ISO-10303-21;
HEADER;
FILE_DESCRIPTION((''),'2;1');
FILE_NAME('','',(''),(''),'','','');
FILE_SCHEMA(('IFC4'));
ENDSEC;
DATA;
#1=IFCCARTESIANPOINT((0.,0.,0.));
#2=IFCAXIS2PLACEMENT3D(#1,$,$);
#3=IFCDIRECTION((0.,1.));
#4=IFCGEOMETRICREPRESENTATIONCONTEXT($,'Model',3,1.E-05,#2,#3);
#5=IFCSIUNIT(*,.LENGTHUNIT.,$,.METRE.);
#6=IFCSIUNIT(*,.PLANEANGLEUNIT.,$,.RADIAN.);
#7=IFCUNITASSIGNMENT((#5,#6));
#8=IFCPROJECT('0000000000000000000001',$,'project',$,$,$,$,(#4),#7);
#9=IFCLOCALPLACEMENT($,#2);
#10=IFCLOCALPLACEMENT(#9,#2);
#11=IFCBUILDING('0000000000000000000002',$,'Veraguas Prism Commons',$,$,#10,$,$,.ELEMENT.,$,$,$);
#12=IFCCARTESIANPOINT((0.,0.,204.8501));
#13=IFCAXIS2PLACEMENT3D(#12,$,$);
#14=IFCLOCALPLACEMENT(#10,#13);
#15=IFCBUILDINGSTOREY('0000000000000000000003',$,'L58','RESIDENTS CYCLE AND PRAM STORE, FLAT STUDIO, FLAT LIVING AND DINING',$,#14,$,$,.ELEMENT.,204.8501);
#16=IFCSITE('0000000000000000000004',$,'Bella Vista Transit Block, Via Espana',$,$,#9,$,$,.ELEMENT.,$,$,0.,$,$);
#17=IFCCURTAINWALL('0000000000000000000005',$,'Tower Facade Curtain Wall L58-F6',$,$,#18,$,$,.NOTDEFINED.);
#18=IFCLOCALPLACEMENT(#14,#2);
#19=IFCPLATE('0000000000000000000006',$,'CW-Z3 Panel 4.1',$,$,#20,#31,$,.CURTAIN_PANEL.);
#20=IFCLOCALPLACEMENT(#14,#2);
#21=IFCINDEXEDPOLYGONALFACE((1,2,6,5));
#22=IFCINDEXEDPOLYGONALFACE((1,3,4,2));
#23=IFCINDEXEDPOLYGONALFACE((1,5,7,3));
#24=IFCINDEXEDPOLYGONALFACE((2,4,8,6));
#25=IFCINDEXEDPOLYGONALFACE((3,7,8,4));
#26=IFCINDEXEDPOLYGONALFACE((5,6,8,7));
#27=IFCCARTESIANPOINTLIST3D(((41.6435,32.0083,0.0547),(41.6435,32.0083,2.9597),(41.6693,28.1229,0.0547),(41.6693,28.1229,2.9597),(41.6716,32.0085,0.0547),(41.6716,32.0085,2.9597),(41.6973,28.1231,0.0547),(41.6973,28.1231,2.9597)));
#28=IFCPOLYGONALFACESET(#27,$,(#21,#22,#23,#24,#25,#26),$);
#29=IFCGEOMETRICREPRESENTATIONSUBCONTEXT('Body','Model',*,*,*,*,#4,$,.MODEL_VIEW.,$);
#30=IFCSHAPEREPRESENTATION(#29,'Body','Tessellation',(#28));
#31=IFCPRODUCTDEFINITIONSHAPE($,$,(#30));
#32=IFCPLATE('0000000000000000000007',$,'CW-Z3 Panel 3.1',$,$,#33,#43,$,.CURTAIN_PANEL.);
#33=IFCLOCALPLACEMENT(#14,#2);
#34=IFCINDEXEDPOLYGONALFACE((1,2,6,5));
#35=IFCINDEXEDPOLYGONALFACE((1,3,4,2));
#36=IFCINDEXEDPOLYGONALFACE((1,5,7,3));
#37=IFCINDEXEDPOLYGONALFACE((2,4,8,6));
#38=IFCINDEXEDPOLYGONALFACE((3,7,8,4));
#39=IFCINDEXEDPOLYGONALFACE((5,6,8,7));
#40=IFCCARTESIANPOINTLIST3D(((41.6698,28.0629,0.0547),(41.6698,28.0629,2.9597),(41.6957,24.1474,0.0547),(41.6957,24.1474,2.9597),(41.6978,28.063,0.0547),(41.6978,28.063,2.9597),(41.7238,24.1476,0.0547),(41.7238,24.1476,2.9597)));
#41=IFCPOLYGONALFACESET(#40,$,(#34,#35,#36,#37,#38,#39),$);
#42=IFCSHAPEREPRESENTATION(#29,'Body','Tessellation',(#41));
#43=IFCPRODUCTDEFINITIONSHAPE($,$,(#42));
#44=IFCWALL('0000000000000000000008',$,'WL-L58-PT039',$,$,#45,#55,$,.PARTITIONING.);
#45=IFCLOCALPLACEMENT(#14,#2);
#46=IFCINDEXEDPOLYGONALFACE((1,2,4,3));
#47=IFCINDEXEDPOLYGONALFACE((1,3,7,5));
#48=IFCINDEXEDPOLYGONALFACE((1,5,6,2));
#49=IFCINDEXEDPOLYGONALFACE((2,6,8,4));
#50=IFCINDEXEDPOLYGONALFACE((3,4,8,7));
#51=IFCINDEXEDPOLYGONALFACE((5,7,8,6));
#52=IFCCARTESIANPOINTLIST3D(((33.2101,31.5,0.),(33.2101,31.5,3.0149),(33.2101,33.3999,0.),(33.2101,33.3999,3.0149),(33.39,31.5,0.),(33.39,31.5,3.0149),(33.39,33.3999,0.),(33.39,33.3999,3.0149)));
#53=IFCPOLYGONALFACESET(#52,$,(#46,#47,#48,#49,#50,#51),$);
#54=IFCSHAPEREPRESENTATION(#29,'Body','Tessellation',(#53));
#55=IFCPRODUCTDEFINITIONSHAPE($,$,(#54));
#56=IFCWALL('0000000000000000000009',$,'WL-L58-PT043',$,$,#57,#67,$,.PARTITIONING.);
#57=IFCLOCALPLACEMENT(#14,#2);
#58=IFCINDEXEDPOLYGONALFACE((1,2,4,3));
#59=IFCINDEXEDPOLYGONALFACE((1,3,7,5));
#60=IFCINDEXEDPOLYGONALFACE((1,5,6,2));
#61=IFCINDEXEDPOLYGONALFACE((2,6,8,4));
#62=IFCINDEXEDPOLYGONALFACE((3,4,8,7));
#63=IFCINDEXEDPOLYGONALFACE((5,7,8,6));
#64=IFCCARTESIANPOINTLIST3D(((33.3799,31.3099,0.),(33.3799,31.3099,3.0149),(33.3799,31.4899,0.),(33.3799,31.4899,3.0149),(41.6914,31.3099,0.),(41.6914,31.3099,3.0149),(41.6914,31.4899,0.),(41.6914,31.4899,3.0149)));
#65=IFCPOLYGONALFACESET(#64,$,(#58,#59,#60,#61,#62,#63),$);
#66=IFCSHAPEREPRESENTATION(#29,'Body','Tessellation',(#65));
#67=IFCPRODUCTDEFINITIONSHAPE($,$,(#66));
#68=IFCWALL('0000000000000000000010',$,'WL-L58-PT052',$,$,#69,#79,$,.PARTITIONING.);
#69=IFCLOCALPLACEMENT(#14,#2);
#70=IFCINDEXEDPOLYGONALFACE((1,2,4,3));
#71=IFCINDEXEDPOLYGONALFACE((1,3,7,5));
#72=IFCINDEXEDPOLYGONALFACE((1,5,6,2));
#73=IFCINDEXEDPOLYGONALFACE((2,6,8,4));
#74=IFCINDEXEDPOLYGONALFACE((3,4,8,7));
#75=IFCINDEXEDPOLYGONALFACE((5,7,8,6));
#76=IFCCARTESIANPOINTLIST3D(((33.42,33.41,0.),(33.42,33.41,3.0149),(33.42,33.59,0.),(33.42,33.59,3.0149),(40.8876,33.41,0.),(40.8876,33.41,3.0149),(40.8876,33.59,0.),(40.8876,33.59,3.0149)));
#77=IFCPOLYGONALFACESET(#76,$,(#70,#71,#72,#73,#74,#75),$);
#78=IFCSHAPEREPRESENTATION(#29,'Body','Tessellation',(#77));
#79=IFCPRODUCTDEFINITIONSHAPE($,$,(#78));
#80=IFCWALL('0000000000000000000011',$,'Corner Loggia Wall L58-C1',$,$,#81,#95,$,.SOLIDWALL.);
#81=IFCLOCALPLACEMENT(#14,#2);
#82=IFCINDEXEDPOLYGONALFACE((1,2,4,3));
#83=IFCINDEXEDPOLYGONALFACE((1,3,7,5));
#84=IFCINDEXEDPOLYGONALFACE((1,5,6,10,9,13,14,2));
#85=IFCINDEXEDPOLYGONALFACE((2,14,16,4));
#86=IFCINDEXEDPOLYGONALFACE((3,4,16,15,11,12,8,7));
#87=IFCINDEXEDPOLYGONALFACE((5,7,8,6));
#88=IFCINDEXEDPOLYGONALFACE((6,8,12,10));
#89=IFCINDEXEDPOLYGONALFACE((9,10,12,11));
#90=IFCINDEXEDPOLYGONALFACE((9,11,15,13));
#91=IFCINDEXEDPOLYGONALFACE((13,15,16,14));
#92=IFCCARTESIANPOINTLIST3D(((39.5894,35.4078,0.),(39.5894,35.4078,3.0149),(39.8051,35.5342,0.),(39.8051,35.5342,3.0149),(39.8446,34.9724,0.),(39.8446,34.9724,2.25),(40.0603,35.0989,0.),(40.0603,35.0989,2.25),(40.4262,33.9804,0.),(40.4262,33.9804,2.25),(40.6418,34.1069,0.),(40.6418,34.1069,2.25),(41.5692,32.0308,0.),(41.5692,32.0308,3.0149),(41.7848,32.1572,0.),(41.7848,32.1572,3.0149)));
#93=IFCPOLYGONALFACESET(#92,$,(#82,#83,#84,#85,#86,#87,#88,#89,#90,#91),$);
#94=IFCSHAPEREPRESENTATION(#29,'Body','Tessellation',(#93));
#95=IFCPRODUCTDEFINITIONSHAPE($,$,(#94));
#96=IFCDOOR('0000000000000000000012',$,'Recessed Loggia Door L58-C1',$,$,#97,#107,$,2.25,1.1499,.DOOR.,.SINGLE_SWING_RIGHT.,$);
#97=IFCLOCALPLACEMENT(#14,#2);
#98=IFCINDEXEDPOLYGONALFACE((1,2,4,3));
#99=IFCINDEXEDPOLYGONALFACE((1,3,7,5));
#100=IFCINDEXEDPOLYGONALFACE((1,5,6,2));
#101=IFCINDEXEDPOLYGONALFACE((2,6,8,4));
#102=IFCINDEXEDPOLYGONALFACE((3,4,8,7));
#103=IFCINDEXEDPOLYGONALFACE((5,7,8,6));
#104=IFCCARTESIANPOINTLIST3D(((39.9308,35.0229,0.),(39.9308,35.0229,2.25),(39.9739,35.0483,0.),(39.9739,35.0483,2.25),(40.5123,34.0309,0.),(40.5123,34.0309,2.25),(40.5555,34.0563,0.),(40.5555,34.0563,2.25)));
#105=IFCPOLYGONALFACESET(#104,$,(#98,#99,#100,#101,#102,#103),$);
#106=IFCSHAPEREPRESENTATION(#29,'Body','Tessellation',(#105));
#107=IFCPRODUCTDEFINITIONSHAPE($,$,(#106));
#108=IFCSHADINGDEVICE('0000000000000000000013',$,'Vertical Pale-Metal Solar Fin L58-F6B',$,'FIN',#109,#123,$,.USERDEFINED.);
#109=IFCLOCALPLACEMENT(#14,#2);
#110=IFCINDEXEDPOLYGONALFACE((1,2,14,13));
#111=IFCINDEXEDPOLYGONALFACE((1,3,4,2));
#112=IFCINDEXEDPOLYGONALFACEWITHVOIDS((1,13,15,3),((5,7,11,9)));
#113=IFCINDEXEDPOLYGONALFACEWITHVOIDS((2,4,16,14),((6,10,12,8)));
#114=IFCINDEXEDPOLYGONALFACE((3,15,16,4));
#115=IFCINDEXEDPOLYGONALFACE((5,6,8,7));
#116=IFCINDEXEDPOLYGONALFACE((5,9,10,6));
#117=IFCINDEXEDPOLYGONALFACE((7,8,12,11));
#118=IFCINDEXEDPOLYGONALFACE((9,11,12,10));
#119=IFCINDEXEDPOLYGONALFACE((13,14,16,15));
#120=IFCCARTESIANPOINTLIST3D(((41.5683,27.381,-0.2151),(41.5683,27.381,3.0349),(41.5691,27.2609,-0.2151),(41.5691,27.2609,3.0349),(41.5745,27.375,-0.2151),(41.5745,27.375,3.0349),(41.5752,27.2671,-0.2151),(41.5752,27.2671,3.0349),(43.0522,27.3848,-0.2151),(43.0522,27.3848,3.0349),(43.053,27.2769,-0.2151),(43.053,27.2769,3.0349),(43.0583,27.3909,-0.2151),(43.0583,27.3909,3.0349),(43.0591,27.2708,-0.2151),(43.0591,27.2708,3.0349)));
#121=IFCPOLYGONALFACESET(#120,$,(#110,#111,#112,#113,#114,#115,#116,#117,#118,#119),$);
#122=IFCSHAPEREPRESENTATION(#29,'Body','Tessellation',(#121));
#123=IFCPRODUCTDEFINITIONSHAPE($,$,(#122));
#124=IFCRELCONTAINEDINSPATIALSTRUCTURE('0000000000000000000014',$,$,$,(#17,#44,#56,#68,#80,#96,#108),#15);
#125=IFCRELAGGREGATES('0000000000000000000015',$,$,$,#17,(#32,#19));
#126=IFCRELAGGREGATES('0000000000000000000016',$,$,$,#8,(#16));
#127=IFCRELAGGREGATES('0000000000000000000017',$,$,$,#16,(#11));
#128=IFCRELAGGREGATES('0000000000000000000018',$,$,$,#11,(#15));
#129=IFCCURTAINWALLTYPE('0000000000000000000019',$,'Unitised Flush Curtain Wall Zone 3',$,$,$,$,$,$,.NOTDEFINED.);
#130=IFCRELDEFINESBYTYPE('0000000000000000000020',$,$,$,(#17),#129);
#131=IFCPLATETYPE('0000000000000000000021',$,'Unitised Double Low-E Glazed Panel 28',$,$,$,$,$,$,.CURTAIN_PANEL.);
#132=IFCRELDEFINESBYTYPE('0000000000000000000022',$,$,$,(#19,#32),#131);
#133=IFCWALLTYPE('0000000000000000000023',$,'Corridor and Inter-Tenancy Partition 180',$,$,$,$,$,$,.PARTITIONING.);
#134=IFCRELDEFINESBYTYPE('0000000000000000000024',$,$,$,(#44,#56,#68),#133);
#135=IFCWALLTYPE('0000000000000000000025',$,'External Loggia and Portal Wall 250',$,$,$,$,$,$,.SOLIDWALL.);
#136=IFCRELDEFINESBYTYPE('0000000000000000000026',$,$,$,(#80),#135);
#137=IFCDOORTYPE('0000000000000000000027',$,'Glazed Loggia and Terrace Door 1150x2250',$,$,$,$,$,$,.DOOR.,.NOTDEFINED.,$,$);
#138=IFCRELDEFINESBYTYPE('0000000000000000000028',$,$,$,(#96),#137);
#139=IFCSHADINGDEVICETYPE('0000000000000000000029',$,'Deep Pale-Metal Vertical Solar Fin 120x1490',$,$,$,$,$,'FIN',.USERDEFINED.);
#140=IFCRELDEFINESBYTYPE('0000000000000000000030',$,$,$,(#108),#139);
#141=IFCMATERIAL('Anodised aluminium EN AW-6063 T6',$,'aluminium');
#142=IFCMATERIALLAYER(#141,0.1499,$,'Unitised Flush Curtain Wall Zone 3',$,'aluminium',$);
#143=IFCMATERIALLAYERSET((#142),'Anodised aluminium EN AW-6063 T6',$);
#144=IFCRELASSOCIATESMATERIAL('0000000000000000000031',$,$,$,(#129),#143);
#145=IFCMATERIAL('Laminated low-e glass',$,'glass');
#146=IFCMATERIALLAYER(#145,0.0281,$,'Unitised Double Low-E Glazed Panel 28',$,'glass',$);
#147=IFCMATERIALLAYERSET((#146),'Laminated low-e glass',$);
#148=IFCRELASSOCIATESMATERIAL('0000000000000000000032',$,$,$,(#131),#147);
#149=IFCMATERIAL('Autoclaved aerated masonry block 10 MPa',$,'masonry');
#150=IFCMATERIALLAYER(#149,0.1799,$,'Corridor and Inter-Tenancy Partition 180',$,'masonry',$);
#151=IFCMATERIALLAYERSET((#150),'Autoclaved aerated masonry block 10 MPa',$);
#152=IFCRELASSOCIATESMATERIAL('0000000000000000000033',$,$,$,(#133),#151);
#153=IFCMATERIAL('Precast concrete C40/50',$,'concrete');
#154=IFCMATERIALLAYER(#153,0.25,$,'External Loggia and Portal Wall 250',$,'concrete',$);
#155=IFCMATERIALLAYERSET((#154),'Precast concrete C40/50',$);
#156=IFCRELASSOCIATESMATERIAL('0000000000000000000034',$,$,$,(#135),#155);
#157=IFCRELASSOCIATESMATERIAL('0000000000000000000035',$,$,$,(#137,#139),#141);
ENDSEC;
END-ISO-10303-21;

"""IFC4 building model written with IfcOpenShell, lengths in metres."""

from ifc_helpers import new_model, si_unit, direction, frame, frame_2d, origin, origin_2d, place, context, subcontext, project, spatial, rectangle, hollow_rectangle, extrude, source, transform, mapped, material, layer, layer_set, material_profile, profile_set, type_object, element, fill, aggregate, save


model = new_model("IFC4")

# Units and contexts
model_context = context("Model", 3, precision=1e-05, world=origin(), true_north=direction((0.0, 1.0)))
body_context = subcontext(model_context, "Body", "Model", "MODEL_VIEW")
ifc_project = project(units=[si_unit("LENGTHUNIT", "METRE"), si_unit("PLANEANGLEUNIT", "RADIAN")], contexts=[model_context])

# Site, building, storey
site_placement = place(None, origin())
site = spatial("IfcSite", under=ifc_project, at=site_placement, Name="Bella Vista Transit Block, Via Espana", CompositionType="ELEMENT", RefElevation=0.0)
building_placement = place(site_placement, origin())
building = spatial("IfcBuilding", under=site, at=building_placement, Name="Veraguas Prism Commons", CompositionType="ELEMENT")
storey_placement = place(building_placement, frame((0.0, 0.0, 204.8501)))
storey = spatial("IfcBuildingStorey", under=building, at=storey_placement, Name="L58", Description="RESIDENTS CYCLE AND PRAM STORE, FLAT STUDIO, FLAT LIVING AND DINING", CompositionType="ELEMENT", Elevation=204.8501)

# Curtain wall, plates
ifc_material_1 = material(Name="Anodised aluminium EN AW-6063 T6", Category="aluminium")
ifc_layer_1 = layer(ifc_material_1, 0.1499, Name="Unitised Flush Curtain Wall Zone 3", Category="aluminium")
ifc_layer_set_1 = layer_set([ifc_layer_1], Name="Anodised aluminium EN AW-6063 T6")
curtain_wall_type = type_object("IfcCurtainWallType", Name="Unitised Flush Curtain Wall Zone 3", PredefinedType="NOTDEFINED", material=ifc_layer_set_1)
curtain_wall_placement = place(storey_placement, origin())
curtain_wall = element("IfcCurtainWall", 1, at=curtain_wall_placement, inside=storey, type_object=curtain_wall_type, Name="Tower Facade Curtain Wall L58-F6", PredefinedType="NOTDEFINED")
ifc_material_2 = material(Name="Laminated low-e glass", Category="glass")
ifc_layer_2 = layer(ifc_material_2, 0.0281, Name="Unitised Double Low-E Glazed Panel 28", Category="glass")
ifc_layer_set_2 = layer_set([ifc_layer_2], Name="Laminated low-e glass")
plate_type = type_object("IfcPlateType", Name="Unitised Double Low-E Glazed Panel 28", PredefinedType="CURTAIN_PANEL", material=ifc_layer_set_2)
shared_shape_1 = source(origin(), body_context, "Body", "SweptSolid", [
    extrude(rectangle(XDim=3.8855, YDim=0.0281, at=origin_2d()), origin(), (0.0, 0.0, 1.0), 2.905),
])
plate_1_placement = place(storey_placement, frame((41.6704, 30.0657, 0.0547), z_axis=(0.0, 0.0, 1.0), x_axis=(-0.006634, 0.999978, 0.0)))
plate_1 = element("IfcPlate", 2, at=plate_1_placement, type_object=plate_type, Name="CW-Z3 Panel 4.1", PredefinedType="CURTAIN_PANEL", context=body_context, shape_type="MappedRepresentation", body=[
    mapped(shared_shape_1, transform((0.0, 0.0, 0.0), scale=1.0)),
])
shared_shape_2 = source(origin(), body_context, "Body", "SweptSolid", [
    extrude(rectangle(XDim=3.9155, YDim=0.0281, at=origin_2d()), origin(), (0.0, 0.0, 1.0), 2.905),
])
plate_2_placement = place(storey_placement, frame((41.6968, 26.1052, 0.0547), z_axis=(0.0, 0.0, 1.0), x_axis=(-0.006634, 0.999978, 0.0)))
plate_2 = element("IfcPlate", 3, at=plate_2_placement, type_object=plate_type, Name="CW-Z3 Panel 3.1", PredefinedType="CURTAIN_PANEL", context=body_context, shape_type="MappedRepresentation", body=[
    mapped(shared_shape_2, transform((0.0, 0.0, 0.0), scale=1.0)),
])
aggregate(curtain_wall, [plate_2, plate_1])

# Walls
ifc_material_3 = material(Name="Autoclaved aerated masonry block 10 MPa", Category="masonry")
ifc_layer_3 = layer(ifc_material_3, 0.1799, Name="Corridor and Inter-Tenancy Partition 180", Category="masonry")
ifc_layer_set_3 = layer_set([ifc_layer_3], Name="Autoclaved aerated masonry block 10 MPa")
wall_type_1 = type_object("IfcWallType", Name="Corridor and Inter-Tenancy Partition 180", PredefinedType="PARTITIONING", material=ifc_layer_set_3)
wall_1_placement = place(storey_placement, frame((33.3, 31.5, 0.0), z_axis=(0.0, 0.0, 1.0), x_axis=(0.0, 1.0, 0.0)))
element("IfcWall", 4, at=wall_1_placement, inside=storey, type_object=wall_type_1, Name="WL-L58-PT039", PredefinedType="PARTITIONING", context=body_context, shape_type="SweptSolid", body=[
    extrude(rectangle(XDim=1.8999, YDim=0.1799, at=frame_2d((0.95, 0.0))), origin(), (0.0, 0.0, 1.0), 3.0149),
])
wall_2_placement = place(storey_placement, frame((33.3799, 31.3999, 0.0), z_axis=(0.0, 0.0, 1.0), x_axis=(1.0, 0.0, 0.0)))
element("IfcWall", 5, at=wall_2_placement, inside=storey, type_object=wall_type_1, Name="WL-L58-PT043", PredefinedType="PARTITIONING", context=body_context, shape_type="SweptSolid", body=[
    extrude(rectangle(XDim=8.3115, YDim=0.1799, at=frame_2d((4.1558, 0.0))), origin(), (0.0, 0.0, 1.0), 3.0149),
])
wall_3_placement = place(storey_placement, frame((33.4199, 33.5, 0.0), z_axis=(0.0, 0.0, 1.0), x_axis=(1.0, 0.0, 0.0)))
element("IfcWall", 6, at=wall_3_placement, inside=storey, type_object=wall_type_1, Name="WL-L58-PT052", PredefinedType="PARTITIONING", context=body_context, shape_type="SweptSolid", body=[
    extrude(rectangle(XDim=7.4675, YDim=0.1799, at=frame_2d((3.7339, 0.0))), origin(), (0.0, 0.0, 1.0), 3.0149),
])

# Wall, opening, door
ifc_material_4 = material(Name="Precast concrete C40/50", Category="concrete")
ifc_layer_4 = layer(ifc_material_4, 0.25, Name="External Loggia and Portal Wall 250", Category="concrete")
ifc_layer_set_4 = layer_set([ifc_layer_4], Name="Precast concrete C40/50")
wall_type_2 = type_object("IfcWallType", Name="External Loggia and Portal Wall 250", PredefinedType="SOLIDWALL", material=ifc_layer_set_4)
wall_4_placement = place(storey_placement, frame((41.677, 32.094, 0.0), z_axis=(0.0, 0.0, 1.0), x_axis=(-0.505747, 0.862682, 0.0)))
wall_4 = element("IfcWall", 7, at=wall_4_placement, inside=storey, type_object=wall_type_2, Name="Corner Loggia Wall L58-C1", PredefinedType="SOLIDWALL", context=body_context, shape_type="SweptSolid", body=[
    extrude(rectangle(XDim=3.9146, YDim=0.25, at=frame_2d((1.9573, 0.0))), origin(), (0.0, 0.0, 1.0), 3.0149),
])
opening_placement = place(wall_4_placement, frame((2.26, 0.0, 0.0)))
opening = element("IfcOpeningElement", 8, at=opening_placement, cuts=wall_4, PredefinedType="OPENING", context=body_context, shape_type="SweptSolid", body=[
    extrude(rectangle(XDim=1.1499, YDim=2.25, at=frame_2d((0.575, 1.125))), frame((0.0, 0.135, 0.0), z_axis=(0.0, -1.0, 0.0), x_axis=(1.0, 0.0, 0.0)), (0.0, 0.0, 1.0), 0.27),
])
door_type = type_object("IfcDoorType", Name="Glazed Loggia and Terrace Door 1150x2250", OperationType="NOTDEFINED", PredefinedType="DOOR", material=ifc_material_1)
shared_shape_3 = source(origin(), body_context, "Body", "SweptSolid", [
    extrude(rectangle(XDim=1.1499, YDim=2.25, at=frame_2d((0.575, 1.125))), frame((0.0, 0.0249, 0.0), z_axis=(0.0, -1.0, 0.0), x_axis=(1.0, 0.0, 0.0)), (0.0, 0.0, 1.0), 0.05),
])
door_placement = place(opening_placement, frame((1.1499, 0.0, 0.0), z_axis=(0.0, 0.0, 1.0), x_axis=(-1.0, 0.0, 0.0)))
door = element("IfcDoor", 9, at=door_placement, inside=storey, type_object=door_type, Name="Recessed Loggia Door L58-C1", OperationType="SINGLE_SWING_RIGHT", OverallHeight=2.25, OverallWidth=1.1499, PredefinedType="DOOR", context=body_context, shape_type="MappedRepresentation", body=[
    mapped(shared_shape_3, transform((0.0, 0.0, 0.0), scale=1.0)),
])
fill(opening, door)

# Shading device
ifc_material_profile_1 = material_profile(ifc_material_1, hollow_rectangle(XDim=0.1201, YDim=1.49, WallThickness=0.0061, at=origin_2d()), Name="FIN120X1490X6")
ifc_profile_set_1 = profile_set([ifc_material_profile_1], Name="Anodised aluminium EN AW-6063 T6")
shading_device_type = type_object("IfcShadingDeviceType", Name="Deep Pale-Metal Vertical Solar Fin 120x1490", ElementType="FIN", PredefinedType="USERDEFINED", material=ifc_profile_set_1)
shading_device_placement = place(storey_placement, frame((42.3137, 27.3259, -0.2151), z_axis=(0.0, 0.0, 1.0), x_axis=(-0.006634, 0.999978, 0.0)))
element("IfcShadingDevice", 10, at=shading_device_placement, inside=storey, type_object=shading_device_type, Name="Vertical Pale-Metal Solar Fin L58-F6B", ObjectType="FIN", PredefinedType="USERDEFINED", context=body_context, shape_type="SweptSolid", body=[
    extrude(hollow_rectangle(XDim=0.1201, YDim=1.49, WallThickness=0.0061, at=origin_2d()), origin(), (0.0, 0.0, 1.0), 3.25),
])

save(model, "model.ifc")
